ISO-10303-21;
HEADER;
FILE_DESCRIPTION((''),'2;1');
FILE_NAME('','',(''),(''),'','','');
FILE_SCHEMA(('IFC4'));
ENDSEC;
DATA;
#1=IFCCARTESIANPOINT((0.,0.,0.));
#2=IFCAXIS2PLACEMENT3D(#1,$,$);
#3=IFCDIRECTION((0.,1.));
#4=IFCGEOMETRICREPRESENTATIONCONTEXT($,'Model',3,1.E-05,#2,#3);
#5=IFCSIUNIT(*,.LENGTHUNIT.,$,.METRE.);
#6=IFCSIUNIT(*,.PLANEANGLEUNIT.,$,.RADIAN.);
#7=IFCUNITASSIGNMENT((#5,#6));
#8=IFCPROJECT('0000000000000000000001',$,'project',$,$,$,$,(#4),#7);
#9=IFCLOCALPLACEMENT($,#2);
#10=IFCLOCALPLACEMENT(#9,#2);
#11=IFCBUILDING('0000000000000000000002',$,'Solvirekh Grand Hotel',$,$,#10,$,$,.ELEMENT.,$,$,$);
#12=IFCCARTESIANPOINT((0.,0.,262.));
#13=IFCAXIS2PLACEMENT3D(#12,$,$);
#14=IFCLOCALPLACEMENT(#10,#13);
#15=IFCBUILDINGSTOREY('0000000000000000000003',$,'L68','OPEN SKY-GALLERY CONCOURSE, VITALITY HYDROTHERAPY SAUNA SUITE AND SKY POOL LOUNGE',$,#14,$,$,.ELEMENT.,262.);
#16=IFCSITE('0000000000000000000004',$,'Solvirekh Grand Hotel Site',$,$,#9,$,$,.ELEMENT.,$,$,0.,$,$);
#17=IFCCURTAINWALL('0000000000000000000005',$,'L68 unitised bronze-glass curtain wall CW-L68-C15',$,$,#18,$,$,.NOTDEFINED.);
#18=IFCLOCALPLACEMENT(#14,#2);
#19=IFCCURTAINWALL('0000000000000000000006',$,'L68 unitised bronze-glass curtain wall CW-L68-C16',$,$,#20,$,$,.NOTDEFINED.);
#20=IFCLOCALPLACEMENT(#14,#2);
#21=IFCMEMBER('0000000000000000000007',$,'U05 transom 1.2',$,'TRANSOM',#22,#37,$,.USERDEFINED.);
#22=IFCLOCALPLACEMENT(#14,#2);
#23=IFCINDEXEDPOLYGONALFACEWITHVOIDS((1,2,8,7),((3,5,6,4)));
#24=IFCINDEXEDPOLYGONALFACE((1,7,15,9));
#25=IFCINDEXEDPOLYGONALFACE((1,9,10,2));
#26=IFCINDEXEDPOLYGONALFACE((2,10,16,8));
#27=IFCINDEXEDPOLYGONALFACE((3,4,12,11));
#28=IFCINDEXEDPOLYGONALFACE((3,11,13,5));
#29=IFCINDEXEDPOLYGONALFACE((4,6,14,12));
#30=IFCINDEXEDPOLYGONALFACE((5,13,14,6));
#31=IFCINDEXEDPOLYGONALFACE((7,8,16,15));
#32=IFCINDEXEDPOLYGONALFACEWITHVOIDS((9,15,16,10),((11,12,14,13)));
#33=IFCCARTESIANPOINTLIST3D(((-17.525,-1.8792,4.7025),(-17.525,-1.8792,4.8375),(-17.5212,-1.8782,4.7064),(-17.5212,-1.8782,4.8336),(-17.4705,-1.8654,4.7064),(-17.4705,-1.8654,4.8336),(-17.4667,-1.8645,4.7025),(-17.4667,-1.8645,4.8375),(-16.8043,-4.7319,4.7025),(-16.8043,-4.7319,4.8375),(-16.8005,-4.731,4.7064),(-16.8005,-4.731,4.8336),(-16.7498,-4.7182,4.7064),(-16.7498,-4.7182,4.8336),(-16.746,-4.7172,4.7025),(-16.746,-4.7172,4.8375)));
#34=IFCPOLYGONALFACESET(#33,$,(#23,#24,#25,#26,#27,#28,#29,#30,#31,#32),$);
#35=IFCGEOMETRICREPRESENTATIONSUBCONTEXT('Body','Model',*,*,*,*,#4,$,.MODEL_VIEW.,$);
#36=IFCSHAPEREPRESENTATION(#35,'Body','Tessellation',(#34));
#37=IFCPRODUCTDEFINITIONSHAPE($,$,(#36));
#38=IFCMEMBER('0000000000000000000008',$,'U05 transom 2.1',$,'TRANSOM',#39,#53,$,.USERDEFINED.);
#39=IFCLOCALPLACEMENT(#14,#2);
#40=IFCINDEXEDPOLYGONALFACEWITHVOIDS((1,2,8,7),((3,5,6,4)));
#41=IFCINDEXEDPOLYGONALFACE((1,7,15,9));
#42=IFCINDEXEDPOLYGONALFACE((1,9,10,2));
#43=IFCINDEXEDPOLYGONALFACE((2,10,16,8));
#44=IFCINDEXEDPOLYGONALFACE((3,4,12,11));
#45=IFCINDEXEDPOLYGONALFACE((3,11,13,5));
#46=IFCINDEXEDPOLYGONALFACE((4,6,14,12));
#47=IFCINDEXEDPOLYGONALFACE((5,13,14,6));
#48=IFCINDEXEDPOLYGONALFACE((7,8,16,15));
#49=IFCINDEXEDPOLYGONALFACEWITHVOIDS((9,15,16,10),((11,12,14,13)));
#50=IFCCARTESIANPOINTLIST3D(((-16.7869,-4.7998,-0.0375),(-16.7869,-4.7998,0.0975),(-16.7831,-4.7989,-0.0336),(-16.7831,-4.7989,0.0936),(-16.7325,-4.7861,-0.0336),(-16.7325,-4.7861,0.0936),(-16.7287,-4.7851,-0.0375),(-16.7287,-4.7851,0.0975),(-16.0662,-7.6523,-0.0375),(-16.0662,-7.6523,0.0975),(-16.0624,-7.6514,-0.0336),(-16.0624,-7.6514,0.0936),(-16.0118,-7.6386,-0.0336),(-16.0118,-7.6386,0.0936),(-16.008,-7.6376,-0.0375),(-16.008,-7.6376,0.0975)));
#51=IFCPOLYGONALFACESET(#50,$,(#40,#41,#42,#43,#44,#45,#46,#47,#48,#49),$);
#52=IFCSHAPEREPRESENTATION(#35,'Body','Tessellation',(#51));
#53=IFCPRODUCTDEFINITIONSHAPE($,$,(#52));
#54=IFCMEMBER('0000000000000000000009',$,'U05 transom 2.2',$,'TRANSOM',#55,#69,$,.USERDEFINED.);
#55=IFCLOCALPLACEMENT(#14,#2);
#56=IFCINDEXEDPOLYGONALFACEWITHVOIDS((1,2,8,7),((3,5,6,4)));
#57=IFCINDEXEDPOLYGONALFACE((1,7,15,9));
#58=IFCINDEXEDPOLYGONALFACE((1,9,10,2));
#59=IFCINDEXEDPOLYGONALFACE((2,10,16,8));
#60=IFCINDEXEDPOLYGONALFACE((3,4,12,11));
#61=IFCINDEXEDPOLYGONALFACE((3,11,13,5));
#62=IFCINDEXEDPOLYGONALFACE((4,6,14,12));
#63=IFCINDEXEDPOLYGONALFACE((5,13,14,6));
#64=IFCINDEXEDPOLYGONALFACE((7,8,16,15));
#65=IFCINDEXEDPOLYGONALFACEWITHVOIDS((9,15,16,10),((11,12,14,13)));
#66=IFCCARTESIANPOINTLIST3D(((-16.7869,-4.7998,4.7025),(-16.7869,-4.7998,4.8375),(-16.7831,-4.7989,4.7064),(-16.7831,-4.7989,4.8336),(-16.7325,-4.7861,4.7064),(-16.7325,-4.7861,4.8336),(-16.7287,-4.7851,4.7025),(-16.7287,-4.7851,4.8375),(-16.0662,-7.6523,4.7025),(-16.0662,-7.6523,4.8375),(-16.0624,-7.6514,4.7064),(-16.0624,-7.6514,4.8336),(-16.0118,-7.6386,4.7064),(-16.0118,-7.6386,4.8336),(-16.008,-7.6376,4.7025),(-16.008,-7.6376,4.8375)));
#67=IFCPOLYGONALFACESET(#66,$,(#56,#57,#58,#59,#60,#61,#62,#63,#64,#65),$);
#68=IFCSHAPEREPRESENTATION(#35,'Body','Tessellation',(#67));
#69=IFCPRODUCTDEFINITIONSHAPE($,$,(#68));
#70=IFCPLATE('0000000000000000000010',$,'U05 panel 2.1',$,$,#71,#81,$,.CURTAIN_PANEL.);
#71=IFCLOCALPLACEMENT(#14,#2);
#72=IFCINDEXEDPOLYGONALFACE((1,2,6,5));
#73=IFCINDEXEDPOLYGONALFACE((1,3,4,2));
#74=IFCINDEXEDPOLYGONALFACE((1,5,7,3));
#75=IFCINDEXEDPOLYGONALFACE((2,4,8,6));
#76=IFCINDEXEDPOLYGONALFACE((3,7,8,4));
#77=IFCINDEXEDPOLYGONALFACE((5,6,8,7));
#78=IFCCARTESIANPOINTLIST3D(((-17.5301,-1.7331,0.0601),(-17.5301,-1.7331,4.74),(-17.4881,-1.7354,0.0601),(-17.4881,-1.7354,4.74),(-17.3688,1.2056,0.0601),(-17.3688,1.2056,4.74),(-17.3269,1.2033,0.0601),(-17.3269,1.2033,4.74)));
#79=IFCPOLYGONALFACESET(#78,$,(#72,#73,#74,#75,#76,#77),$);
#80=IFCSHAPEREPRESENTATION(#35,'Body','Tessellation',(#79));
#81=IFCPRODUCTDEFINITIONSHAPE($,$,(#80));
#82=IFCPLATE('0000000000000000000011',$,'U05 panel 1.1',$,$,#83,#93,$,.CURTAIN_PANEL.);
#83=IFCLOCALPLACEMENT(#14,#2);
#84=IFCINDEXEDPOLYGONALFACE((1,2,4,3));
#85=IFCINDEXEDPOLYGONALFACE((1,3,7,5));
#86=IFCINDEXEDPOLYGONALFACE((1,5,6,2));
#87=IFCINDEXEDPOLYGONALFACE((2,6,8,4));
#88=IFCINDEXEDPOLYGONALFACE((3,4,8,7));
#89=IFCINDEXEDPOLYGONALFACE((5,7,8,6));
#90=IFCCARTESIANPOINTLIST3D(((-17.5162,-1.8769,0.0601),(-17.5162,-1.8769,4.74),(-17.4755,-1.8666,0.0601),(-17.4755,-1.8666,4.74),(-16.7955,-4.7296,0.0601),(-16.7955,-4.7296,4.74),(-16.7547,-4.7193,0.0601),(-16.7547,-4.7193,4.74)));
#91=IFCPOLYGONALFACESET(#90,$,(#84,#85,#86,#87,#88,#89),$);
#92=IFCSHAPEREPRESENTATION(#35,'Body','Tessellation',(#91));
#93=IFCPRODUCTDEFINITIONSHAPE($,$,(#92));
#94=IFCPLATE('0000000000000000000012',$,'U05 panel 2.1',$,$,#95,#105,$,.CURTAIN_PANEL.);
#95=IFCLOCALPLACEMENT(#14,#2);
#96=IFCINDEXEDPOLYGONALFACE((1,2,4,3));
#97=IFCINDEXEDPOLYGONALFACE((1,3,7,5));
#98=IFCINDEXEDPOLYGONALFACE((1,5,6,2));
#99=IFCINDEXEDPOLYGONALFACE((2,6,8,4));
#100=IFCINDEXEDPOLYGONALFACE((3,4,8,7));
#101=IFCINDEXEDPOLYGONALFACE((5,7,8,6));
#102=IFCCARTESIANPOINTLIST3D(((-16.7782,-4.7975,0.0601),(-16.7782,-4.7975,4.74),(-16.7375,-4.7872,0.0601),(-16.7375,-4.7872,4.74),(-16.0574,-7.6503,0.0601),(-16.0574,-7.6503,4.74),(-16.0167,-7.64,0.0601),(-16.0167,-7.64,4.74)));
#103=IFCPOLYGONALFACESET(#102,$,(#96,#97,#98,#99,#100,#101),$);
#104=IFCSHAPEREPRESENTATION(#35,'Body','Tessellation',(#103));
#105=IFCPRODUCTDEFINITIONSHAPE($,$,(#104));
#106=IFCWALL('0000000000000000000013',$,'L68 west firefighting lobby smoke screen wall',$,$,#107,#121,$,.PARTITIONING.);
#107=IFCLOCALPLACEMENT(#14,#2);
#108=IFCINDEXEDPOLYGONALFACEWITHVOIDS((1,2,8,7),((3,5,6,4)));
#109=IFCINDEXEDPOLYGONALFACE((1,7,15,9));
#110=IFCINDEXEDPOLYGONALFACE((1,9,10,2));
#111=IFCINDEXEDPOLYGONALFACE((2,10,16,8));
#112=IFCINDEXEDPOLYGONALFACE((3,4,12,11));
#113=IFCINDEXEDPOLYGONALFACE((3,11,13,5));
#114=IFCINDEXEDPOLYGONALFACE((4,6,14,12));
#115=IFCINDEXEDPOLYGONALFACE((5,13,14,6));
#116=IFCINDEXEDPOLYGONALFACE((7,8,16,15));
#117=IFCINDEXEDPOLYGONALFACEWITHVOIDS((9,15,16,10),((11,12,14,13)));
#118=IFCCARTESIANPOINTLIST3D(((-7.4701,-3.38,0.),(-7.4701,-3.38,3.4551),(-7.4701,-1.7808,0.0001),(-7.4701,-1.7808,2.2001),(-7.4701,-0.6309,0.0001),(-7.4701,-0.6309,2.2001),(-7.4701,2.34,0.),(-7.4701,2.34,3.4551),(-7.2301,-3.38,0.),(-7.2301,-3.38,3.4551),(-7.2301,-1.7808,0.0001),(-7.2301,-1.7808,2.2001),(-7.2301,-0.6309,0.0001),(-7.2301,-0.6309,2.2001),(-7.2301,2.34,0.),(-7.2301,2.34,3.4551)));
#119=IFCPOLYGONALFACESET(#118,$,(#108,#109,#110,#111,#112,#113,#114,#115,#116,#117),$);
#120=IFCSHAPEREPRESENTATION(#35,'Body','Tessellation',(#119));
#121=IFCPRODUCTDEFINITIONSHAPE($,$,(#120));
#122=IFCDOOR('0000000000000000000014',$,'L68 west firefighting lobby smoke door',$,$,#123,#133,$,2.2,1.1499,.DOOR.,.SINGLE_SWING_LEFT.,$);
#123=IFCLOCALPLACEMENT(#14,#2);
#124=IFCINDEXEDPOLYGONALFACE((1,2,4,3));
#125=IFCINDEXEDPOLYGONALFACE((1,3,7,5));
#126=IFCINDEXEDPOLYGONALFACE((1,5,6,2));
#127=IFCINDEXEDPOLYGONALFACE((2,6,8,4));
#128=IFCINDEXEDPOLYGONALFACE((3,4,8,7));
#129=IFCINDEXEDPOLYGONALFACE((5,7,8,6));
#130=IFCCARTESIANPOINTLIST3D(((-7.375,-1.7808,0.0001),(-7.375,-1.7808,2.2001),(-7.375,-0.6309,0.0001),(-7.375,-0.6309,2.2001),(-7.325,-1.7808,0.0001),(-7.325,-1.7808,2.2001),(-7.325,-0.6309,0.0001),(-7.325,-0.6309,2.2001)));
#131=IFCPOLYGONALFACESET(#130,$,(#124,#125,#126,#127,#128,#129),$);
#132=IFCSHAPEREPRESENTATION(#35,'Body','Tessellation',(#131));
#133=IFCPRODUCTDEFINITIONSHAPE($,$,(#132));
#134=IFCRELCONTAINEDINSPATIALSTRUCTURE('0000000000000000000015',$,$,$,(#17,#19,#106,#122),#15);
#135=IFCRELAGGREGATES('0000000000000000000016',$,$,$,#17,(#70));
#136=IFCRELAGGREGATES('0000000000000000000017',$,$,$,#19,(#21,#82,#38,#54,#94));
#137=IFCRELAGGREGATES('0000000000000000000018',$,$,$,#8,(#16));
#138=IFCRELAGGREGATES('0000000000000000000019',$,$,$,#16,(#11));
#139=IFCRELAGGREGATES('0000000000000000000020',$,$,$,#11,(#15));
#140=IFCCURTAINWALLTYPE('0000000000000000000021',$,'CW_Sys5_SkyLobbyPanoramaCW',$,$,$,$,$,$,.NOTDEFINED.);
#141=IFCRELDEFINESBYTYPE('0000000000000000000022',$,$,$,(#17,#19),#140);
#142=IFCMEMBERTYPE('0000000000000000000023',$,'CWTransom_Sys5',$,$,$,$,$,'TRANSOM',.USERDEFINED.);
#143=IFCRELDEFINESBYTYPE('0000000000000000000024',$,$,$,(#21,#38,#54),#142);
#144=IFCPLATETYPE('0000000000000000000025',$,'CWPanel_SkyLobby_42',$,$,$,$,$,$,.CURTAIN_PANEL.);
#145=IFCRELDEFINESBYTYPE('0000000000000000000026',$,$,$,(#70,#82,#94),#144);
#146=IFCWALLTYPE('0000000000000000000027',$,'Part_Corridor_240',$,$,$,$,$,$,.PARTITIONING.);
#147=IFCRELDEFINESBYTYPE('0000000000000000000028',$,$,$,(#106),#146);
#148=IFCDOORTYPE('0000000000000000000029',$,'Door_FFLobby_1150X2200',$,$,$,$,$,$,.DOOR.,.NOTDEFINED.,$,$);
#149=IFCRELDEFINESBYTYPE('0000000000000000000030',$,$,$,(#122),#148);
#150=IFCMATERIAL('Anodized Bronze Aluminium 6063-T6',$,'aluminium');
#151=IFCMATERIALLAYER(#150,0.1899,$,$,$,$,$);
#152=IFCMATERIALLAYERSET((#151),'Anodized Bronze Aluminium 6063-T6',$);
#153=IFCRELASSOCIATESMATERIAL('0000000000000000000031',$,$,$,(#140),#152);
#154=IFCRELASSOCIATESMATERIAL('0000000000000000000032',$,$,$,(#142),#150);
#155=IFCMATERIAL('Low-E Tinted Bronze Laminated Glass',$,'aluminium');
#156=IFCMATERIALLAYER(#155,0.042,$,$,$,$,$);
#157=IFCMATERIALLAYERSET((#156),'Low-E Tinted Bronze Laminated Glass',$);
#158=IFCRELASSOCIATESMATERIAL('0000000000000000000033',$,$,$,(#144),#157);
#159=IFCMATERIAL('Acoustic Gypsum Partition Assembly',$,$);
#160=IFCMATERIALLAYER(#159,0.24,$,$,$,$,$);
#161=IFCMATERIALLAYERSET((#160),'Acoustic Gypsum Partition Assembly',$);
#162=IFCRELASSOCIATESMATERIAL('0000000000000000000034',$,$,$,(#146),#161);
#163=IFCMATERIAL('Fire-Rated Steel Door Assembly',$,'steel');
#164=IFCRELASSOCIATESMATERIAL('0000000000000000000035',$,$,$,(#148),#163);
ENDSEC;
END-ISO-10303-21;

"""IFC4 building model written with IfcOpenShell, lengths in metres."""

from ifc_helpers import new_model, si_unit, direction, frame, frame_2d, origin, origin_2d, place, context, subcontext, project, spatial, rectangle, hollow_rectangle, extrude, source, transform, mapped, material, layer, layer_set, material_profile, profile_set, type_object, element, fill, aggregate, save


model = new_model("IFC4")

# Units and contexts
model_context = context("Model", 3, precision=1e-05, world=origin(), true_north=direction((0.0, 1.0)))
body_context = subcontext(model_context, "Body", "Model", "MODEL_VIEW")
ifc_project = project(units=[si_unit("LENGTHUNIT", "METRE"), si_unit("PLANEANGLEUNIT", "RADIAN")], contexts=[model_context])

# Site, building, storey
site_placement = place(None, origin())
site = spatial("IfcSite", under=ifc_project, at=site_placement, Name="Solvirekh Grand Hotel Site", CompositionType="ELEMENT", RefElevation=0.0)
building_placement = place(site_placement, origin())
building = spatial("IfcBuilding", under=site, at=building_placement, Name="Solvirekh Grand Hotel", CompositionType="ELEMENT")
storey_placement = place(building_placement, frame((0.0, 0.0, 262.0)))
storey = spatial("IfcBuildingStorey", under=building, at=storey_placement, Name="L68", Description="OPEN SKY-GALLERY CONCOURSE, VITALITY HYDROTHERAPY SAUNA SUITE AND SKY POOL LOUNGE", CompositionType="ELEMENT", Elevation=262.0)

# Curtain wall
ifc_material_1 = material(Name="Anodized Bronze Aluminium 6063-T6", Category="aluminium")
ifc_layer_1 = layer(ifc_material_1, 0.1899)
ifc_layer_set_1 = layer_set([ifc_layer_1], Name="Anodized Bronze Aluminium 6063-T6")
curtain_wall_type = type_object("IfcCurtainWallType", Name="CW_Sys5_SkyLobbyPanoramaCW", PredefinedType="NOTDEFINED", material=ifc_layer_set_1)
curtain_wall_1_placement = place(storey_placement, origin())
curtain_wall_1 = element("IfcCurtainWall", 1, at=curtain_wall_1_placement, inside=storey, type_object=curtain_wall_type, Name="L68 unitised bronze-glass curtain wall CW-L68-C15", PredefinedType="NOTDEFINED")

# Curtain wall, members
curtain_wall_2_placement = place(storey_placement, origin())
curtain_wall_2 = element("IfcCurtainWall", 2, at=curtain_wall_2_placement, inside=storey, type_object=curtain_wall_type, Name="L68 unitised bronze-glass curtain wall CW-L68-C16", PredefinedType="NOTDEFINED")
ifc_material_profile_1 = material_profile(ifc_material_1, hollow_rectangle(XDim=0.0601, YDim=0.135, WallThickness=0.0039, at=origin_2d()), Name="ALU RHS 135X60X4")
ifc_profile_set_1 = profile_set([ifc_material_profile_1], Name="Anodized Bronze Aluminium 6063-T6")
member_type_1 = type_object("IfcMemberType", Name="CWTransom_Sys5", ElementType="TRANSOM", PredefinedType="USERDEFINED", material=ifc_profile_set_1)
shared_shape_1 = source(origin(), body_context, "Body", "SweptSolid", [
    extrude(hollow_rectangle(XDim=0.0601, YDim=0.135, WallThickness=0.0039, at=origin_2d()), origin(), (0.0, 0.0, 1.0), 2.9424),
])
member_1_placement = place(storey_placement, frame((-17.4958, -1.8718, 4.77), z_axis=(0.244936, -0.969539, 0.0), x_axis=(0.969539, 0.244936, 0.0)))
member_1 = element("IfcMember", 3, at=member_1_placement, type_object=member_type_1, Name="U05 transom 1.2", ObjectType="TRANSOM", PredefinedType="USERDEFINED", context=body_context, shape_type="MappedRepresentation", body=[
    mapped(shared_shape_1, transform((0.0, 0.0, 0.0), x_axis=(1.0, 0.0, 0.0), y_axis=(0.0, 1.0, 0.0), z_axis=(0.0, 0.0, 1.0), scale=1.0)),
])
shared_shape_2 = source(origin(), body_context, "Body", "SweptSolid", [
    extrude(hollow_rectangle(XDim=0.0601, YDim=0.135, WallThickness=0.0039, at=origin_2d()), origin(), (0.0, 0.0, 1.0), 2.9421),
])
member_2_placement = place(storey_placement, frame((-16.7578, -4.7925, 0.03), z_axis=(0.244956, -0.969534, 0.0), x_axis=(0.969534, 0.244956, 0.0)))
member_2 = element("IfcMember", 4, at=member_2_placement, type_object=member_type_1, Name="U05 transom 2.1", ObjectType="TRANSOM", PredefinedType="USERDEFINED", context=body_context, shape_type="MappedRepresentation", body=[
    mapped(shared_shape_2, transform((0.0, 0.0, 0.0), x_axis=(1.0, 0.0, 0.0), y_axis=(0.0, 1.0, 0.0), z_axis=(0.0, 0.0, 1.0), scale=1.0)),
])
member_3_placement = place(storey_placement, frame((-16.7578, -4.7925, 4.77), z_axis=(0.244956, -0.969534, 0.0), x_axis=(0.969534, 0.244956, 0.0)))
member_3 = element("IfcMember", 5, at=member_3_placement, type_object=member_type_1, Name="U05 transom 2.2", ObjectType="TRANSOM", PredefinedType="USERDEFINED", context=body_context, shape_type="MappedRepresentation", body=[
    mapped(shared_shape_2, transform((0.0, 0.0, 0.0), x_axis=(1.0, 0.0, 0.0), y_axis=(0.0, 1.0, 0.0), z_axis=(0.0, 0.0, 1.0), scale=1.0)),
])

# Plates
ifc_material_2 = material(Name="Low-E Tinted Bronze Laminated Glass", Category="aluminium")
ifc_layer_2 = layer(ifc_material_2, 0.042)
ifc_layer_set_2 = layer_set([ifc_layer_2], Name="Low-E Tinted Bronze Laminated Glass")
plate_type = type_object("IfcPlateType", Name="CWPanel_SkyLobby_42", PredefinedType="CURTAIN_PANEL", material=ifc_layer_set_2)
shared_shape_3 = source(origin(), body_context, "Body", "SweptSolid", [
    extrude(rectangle(XDim=2.9431, YDim=0.042, at=origin_2d()), origin(), (0.0, 0.0, 1.0), 4.6799),
])
plate_1_placement = place(storey_placement, frame((-17.4285, -0.2649, 0.0601), z_axis=(0.0, 0.0, 1.0), x_axis=(-0.054789, -0.998498, 0.0)))
plate_1 = element("IfcPlate", 6, at=plate_1_placement, type_object=plate_type, Name="U05 panel 2.1", PredefinedType="CURTAIN_PANEL", context=body_context, shape_type="MappedRepresentation", body=[
    mapped(shared_shape_3, transform((0.0, 0.0, 0.0), x_axis=(1.0, 0.0, 0.0), y_axis=(0.0, 1.0, 0.0), z_axis=(0.0, 0.0, 1.0), scale=1.0)),
])
aggregate(curtain_wall_1, [plate_1])
shared_shape_4 = source(origin(), body_context, "Body", "SweptSolid", [
    extrude(rectangle(XDim=2.9424, YDim=0.042, at=origin_2d()), origin(), (0.0, 0.0, 1.0), 4.6799),
])
plate_2_placement = place(storey_placement, frame((-17.1355, -3.2981, 0.0601), z_axis=(0.0, 0.0, 1.0), x_axis=(0.244967, -0.969531, 0.0)))
plate_2 = element("IfcPlate", 7, at=plate_2_placement, type_object=plate_type, Name="U05 panel 1.1", PredefinedType="CURTAIN_PANEL", context=body_context, shape_type="MappedRepresentation", body=[
    mapped(shared_shape_4, transform((0.0, 0.0, 0.0), x_axis=(1.0, 0.0, 0.0), y_axis=(0.0, 1.0, 0.0), z_axis=(0.0, 0.0, 1.0), scale=1.0)),
])
plate_3_placement = place(storey_placement, frame((-16.3975, -6.2188, 0.0601), z_axis=(0.0, 0.0, 1.0), x_axis=(0.244967, -0.969531, 0.0)))
plate_3 = element("IfcPlate", 8, at=plate_3_placement, type_object=plate_type, Name="U05 panel 2.1", PredefinedType="CURTAIN_PANEL", context=body_context, shape_type="MappedRepresentation", body=[
    mapped(shared_shape_4, transform((0.0, 0.0, 0.0), x_axis=(1.0, 0.0, 0.0), y_axis=(0.0, 1.0, 0.0), z_axis=(0.0, 0.0, 1.0), scale=1.0)),
])
aggregate(curtain_wall_2, [member_1, plate_2, member_2, member_3, plate_3])

# Wall, opening, door
ifc_material_3 = material(Name="Acoustic Gypsum Partition Assembly")
ifc_layer_3 = layer(ifc_material_3, 0.24)
ifc_layer_set_3 = layer_set([ifc_layer_3], Name="Acoustic Gypsum Partition Assembly")
wall_type_1 = type_object("IfcWallType", Name="Part_Corridor_240", PredefinedType="PARTITIONING", material=ifc_layer_set_3)
wall_1_placement = place(storey_placement, frame((-7.3501, -3.3799, 0.0), z_axis=(0.0, 0.0, 1.0), x_axis=(0.0, 1.0, 0.0)))
wall_1 = element("IfcWall", 9, at=wall_1_placement, inside=storey, type_object=wall_type_1, Name="L68 west firefighting lobby smoke screen wall", PredefinedType="PARTITIONING", context=body_context, shape_type="SweptSolid", body=[
    extrude(rectangle(XDim=5.72, YDim=0.24, at=frame_2d((2.8599, 0.0))), origin(), (0.0, 0.0, 1.0), 3.4551),
])
opening_1_placement = place(wall_1_placement, frame((1.5991, 0.0, 0.0)))
opening_1 = element("IfcOpeningElement", 10, at=opening_1_placement, cuts=wall_1, PredefinedType="OPENING", context=body_context, shape_type="SweptSolid", body=[
    extrude(rectangle(XDim=1.1499, YDim=2.2, at=frame_2d((0.575, 1.1001))), frame((0.0, 0.1299, 0.0), z_axis=(0.0, -1.0, 0.0), x_axis=(1.0, 0.0, 0.0)), (0.0, 0.0, 1.0), 0.26),
])
ifc_material_4 = material(Name="Fire-Rated Steel Door Assembly", Category="steel")
door_type_1 = type_object("IfcDoorType", Name="Door_FFLobby_1150X2200", OperationType="NOTDEFINED", PredefinedType="DOOR", material=ifc_material_4)
door_1_placement = place(opening_1_placement, origin())
door_1 = element("IfcDoor", 11, at=door_1_placement, inside=storey, type_object=door_type_1, Name="L68 west firefighting lobby smoke door", OperationType="SINGLE_SWING_LEFT", OverallHeight=2.2, OverallWidth=1.1499, PredefinedType="DOOR", context=body_context, shape_type="SweptSolid", body=[
    extrude(rectangle(XDim=1.1499, YDim=2.2, at=frame_2d((0.575, 1.1001))), frame((0.0, 0.0249, 0.0), z_axis=(0.0, -1.0, 0.0), x_axis=(1.0, 0.0, 0.0)), (0.0, 0.0, 1.0), 0.05),
])
fill(opening_1, door_1)

save(model, "model.ifc")
